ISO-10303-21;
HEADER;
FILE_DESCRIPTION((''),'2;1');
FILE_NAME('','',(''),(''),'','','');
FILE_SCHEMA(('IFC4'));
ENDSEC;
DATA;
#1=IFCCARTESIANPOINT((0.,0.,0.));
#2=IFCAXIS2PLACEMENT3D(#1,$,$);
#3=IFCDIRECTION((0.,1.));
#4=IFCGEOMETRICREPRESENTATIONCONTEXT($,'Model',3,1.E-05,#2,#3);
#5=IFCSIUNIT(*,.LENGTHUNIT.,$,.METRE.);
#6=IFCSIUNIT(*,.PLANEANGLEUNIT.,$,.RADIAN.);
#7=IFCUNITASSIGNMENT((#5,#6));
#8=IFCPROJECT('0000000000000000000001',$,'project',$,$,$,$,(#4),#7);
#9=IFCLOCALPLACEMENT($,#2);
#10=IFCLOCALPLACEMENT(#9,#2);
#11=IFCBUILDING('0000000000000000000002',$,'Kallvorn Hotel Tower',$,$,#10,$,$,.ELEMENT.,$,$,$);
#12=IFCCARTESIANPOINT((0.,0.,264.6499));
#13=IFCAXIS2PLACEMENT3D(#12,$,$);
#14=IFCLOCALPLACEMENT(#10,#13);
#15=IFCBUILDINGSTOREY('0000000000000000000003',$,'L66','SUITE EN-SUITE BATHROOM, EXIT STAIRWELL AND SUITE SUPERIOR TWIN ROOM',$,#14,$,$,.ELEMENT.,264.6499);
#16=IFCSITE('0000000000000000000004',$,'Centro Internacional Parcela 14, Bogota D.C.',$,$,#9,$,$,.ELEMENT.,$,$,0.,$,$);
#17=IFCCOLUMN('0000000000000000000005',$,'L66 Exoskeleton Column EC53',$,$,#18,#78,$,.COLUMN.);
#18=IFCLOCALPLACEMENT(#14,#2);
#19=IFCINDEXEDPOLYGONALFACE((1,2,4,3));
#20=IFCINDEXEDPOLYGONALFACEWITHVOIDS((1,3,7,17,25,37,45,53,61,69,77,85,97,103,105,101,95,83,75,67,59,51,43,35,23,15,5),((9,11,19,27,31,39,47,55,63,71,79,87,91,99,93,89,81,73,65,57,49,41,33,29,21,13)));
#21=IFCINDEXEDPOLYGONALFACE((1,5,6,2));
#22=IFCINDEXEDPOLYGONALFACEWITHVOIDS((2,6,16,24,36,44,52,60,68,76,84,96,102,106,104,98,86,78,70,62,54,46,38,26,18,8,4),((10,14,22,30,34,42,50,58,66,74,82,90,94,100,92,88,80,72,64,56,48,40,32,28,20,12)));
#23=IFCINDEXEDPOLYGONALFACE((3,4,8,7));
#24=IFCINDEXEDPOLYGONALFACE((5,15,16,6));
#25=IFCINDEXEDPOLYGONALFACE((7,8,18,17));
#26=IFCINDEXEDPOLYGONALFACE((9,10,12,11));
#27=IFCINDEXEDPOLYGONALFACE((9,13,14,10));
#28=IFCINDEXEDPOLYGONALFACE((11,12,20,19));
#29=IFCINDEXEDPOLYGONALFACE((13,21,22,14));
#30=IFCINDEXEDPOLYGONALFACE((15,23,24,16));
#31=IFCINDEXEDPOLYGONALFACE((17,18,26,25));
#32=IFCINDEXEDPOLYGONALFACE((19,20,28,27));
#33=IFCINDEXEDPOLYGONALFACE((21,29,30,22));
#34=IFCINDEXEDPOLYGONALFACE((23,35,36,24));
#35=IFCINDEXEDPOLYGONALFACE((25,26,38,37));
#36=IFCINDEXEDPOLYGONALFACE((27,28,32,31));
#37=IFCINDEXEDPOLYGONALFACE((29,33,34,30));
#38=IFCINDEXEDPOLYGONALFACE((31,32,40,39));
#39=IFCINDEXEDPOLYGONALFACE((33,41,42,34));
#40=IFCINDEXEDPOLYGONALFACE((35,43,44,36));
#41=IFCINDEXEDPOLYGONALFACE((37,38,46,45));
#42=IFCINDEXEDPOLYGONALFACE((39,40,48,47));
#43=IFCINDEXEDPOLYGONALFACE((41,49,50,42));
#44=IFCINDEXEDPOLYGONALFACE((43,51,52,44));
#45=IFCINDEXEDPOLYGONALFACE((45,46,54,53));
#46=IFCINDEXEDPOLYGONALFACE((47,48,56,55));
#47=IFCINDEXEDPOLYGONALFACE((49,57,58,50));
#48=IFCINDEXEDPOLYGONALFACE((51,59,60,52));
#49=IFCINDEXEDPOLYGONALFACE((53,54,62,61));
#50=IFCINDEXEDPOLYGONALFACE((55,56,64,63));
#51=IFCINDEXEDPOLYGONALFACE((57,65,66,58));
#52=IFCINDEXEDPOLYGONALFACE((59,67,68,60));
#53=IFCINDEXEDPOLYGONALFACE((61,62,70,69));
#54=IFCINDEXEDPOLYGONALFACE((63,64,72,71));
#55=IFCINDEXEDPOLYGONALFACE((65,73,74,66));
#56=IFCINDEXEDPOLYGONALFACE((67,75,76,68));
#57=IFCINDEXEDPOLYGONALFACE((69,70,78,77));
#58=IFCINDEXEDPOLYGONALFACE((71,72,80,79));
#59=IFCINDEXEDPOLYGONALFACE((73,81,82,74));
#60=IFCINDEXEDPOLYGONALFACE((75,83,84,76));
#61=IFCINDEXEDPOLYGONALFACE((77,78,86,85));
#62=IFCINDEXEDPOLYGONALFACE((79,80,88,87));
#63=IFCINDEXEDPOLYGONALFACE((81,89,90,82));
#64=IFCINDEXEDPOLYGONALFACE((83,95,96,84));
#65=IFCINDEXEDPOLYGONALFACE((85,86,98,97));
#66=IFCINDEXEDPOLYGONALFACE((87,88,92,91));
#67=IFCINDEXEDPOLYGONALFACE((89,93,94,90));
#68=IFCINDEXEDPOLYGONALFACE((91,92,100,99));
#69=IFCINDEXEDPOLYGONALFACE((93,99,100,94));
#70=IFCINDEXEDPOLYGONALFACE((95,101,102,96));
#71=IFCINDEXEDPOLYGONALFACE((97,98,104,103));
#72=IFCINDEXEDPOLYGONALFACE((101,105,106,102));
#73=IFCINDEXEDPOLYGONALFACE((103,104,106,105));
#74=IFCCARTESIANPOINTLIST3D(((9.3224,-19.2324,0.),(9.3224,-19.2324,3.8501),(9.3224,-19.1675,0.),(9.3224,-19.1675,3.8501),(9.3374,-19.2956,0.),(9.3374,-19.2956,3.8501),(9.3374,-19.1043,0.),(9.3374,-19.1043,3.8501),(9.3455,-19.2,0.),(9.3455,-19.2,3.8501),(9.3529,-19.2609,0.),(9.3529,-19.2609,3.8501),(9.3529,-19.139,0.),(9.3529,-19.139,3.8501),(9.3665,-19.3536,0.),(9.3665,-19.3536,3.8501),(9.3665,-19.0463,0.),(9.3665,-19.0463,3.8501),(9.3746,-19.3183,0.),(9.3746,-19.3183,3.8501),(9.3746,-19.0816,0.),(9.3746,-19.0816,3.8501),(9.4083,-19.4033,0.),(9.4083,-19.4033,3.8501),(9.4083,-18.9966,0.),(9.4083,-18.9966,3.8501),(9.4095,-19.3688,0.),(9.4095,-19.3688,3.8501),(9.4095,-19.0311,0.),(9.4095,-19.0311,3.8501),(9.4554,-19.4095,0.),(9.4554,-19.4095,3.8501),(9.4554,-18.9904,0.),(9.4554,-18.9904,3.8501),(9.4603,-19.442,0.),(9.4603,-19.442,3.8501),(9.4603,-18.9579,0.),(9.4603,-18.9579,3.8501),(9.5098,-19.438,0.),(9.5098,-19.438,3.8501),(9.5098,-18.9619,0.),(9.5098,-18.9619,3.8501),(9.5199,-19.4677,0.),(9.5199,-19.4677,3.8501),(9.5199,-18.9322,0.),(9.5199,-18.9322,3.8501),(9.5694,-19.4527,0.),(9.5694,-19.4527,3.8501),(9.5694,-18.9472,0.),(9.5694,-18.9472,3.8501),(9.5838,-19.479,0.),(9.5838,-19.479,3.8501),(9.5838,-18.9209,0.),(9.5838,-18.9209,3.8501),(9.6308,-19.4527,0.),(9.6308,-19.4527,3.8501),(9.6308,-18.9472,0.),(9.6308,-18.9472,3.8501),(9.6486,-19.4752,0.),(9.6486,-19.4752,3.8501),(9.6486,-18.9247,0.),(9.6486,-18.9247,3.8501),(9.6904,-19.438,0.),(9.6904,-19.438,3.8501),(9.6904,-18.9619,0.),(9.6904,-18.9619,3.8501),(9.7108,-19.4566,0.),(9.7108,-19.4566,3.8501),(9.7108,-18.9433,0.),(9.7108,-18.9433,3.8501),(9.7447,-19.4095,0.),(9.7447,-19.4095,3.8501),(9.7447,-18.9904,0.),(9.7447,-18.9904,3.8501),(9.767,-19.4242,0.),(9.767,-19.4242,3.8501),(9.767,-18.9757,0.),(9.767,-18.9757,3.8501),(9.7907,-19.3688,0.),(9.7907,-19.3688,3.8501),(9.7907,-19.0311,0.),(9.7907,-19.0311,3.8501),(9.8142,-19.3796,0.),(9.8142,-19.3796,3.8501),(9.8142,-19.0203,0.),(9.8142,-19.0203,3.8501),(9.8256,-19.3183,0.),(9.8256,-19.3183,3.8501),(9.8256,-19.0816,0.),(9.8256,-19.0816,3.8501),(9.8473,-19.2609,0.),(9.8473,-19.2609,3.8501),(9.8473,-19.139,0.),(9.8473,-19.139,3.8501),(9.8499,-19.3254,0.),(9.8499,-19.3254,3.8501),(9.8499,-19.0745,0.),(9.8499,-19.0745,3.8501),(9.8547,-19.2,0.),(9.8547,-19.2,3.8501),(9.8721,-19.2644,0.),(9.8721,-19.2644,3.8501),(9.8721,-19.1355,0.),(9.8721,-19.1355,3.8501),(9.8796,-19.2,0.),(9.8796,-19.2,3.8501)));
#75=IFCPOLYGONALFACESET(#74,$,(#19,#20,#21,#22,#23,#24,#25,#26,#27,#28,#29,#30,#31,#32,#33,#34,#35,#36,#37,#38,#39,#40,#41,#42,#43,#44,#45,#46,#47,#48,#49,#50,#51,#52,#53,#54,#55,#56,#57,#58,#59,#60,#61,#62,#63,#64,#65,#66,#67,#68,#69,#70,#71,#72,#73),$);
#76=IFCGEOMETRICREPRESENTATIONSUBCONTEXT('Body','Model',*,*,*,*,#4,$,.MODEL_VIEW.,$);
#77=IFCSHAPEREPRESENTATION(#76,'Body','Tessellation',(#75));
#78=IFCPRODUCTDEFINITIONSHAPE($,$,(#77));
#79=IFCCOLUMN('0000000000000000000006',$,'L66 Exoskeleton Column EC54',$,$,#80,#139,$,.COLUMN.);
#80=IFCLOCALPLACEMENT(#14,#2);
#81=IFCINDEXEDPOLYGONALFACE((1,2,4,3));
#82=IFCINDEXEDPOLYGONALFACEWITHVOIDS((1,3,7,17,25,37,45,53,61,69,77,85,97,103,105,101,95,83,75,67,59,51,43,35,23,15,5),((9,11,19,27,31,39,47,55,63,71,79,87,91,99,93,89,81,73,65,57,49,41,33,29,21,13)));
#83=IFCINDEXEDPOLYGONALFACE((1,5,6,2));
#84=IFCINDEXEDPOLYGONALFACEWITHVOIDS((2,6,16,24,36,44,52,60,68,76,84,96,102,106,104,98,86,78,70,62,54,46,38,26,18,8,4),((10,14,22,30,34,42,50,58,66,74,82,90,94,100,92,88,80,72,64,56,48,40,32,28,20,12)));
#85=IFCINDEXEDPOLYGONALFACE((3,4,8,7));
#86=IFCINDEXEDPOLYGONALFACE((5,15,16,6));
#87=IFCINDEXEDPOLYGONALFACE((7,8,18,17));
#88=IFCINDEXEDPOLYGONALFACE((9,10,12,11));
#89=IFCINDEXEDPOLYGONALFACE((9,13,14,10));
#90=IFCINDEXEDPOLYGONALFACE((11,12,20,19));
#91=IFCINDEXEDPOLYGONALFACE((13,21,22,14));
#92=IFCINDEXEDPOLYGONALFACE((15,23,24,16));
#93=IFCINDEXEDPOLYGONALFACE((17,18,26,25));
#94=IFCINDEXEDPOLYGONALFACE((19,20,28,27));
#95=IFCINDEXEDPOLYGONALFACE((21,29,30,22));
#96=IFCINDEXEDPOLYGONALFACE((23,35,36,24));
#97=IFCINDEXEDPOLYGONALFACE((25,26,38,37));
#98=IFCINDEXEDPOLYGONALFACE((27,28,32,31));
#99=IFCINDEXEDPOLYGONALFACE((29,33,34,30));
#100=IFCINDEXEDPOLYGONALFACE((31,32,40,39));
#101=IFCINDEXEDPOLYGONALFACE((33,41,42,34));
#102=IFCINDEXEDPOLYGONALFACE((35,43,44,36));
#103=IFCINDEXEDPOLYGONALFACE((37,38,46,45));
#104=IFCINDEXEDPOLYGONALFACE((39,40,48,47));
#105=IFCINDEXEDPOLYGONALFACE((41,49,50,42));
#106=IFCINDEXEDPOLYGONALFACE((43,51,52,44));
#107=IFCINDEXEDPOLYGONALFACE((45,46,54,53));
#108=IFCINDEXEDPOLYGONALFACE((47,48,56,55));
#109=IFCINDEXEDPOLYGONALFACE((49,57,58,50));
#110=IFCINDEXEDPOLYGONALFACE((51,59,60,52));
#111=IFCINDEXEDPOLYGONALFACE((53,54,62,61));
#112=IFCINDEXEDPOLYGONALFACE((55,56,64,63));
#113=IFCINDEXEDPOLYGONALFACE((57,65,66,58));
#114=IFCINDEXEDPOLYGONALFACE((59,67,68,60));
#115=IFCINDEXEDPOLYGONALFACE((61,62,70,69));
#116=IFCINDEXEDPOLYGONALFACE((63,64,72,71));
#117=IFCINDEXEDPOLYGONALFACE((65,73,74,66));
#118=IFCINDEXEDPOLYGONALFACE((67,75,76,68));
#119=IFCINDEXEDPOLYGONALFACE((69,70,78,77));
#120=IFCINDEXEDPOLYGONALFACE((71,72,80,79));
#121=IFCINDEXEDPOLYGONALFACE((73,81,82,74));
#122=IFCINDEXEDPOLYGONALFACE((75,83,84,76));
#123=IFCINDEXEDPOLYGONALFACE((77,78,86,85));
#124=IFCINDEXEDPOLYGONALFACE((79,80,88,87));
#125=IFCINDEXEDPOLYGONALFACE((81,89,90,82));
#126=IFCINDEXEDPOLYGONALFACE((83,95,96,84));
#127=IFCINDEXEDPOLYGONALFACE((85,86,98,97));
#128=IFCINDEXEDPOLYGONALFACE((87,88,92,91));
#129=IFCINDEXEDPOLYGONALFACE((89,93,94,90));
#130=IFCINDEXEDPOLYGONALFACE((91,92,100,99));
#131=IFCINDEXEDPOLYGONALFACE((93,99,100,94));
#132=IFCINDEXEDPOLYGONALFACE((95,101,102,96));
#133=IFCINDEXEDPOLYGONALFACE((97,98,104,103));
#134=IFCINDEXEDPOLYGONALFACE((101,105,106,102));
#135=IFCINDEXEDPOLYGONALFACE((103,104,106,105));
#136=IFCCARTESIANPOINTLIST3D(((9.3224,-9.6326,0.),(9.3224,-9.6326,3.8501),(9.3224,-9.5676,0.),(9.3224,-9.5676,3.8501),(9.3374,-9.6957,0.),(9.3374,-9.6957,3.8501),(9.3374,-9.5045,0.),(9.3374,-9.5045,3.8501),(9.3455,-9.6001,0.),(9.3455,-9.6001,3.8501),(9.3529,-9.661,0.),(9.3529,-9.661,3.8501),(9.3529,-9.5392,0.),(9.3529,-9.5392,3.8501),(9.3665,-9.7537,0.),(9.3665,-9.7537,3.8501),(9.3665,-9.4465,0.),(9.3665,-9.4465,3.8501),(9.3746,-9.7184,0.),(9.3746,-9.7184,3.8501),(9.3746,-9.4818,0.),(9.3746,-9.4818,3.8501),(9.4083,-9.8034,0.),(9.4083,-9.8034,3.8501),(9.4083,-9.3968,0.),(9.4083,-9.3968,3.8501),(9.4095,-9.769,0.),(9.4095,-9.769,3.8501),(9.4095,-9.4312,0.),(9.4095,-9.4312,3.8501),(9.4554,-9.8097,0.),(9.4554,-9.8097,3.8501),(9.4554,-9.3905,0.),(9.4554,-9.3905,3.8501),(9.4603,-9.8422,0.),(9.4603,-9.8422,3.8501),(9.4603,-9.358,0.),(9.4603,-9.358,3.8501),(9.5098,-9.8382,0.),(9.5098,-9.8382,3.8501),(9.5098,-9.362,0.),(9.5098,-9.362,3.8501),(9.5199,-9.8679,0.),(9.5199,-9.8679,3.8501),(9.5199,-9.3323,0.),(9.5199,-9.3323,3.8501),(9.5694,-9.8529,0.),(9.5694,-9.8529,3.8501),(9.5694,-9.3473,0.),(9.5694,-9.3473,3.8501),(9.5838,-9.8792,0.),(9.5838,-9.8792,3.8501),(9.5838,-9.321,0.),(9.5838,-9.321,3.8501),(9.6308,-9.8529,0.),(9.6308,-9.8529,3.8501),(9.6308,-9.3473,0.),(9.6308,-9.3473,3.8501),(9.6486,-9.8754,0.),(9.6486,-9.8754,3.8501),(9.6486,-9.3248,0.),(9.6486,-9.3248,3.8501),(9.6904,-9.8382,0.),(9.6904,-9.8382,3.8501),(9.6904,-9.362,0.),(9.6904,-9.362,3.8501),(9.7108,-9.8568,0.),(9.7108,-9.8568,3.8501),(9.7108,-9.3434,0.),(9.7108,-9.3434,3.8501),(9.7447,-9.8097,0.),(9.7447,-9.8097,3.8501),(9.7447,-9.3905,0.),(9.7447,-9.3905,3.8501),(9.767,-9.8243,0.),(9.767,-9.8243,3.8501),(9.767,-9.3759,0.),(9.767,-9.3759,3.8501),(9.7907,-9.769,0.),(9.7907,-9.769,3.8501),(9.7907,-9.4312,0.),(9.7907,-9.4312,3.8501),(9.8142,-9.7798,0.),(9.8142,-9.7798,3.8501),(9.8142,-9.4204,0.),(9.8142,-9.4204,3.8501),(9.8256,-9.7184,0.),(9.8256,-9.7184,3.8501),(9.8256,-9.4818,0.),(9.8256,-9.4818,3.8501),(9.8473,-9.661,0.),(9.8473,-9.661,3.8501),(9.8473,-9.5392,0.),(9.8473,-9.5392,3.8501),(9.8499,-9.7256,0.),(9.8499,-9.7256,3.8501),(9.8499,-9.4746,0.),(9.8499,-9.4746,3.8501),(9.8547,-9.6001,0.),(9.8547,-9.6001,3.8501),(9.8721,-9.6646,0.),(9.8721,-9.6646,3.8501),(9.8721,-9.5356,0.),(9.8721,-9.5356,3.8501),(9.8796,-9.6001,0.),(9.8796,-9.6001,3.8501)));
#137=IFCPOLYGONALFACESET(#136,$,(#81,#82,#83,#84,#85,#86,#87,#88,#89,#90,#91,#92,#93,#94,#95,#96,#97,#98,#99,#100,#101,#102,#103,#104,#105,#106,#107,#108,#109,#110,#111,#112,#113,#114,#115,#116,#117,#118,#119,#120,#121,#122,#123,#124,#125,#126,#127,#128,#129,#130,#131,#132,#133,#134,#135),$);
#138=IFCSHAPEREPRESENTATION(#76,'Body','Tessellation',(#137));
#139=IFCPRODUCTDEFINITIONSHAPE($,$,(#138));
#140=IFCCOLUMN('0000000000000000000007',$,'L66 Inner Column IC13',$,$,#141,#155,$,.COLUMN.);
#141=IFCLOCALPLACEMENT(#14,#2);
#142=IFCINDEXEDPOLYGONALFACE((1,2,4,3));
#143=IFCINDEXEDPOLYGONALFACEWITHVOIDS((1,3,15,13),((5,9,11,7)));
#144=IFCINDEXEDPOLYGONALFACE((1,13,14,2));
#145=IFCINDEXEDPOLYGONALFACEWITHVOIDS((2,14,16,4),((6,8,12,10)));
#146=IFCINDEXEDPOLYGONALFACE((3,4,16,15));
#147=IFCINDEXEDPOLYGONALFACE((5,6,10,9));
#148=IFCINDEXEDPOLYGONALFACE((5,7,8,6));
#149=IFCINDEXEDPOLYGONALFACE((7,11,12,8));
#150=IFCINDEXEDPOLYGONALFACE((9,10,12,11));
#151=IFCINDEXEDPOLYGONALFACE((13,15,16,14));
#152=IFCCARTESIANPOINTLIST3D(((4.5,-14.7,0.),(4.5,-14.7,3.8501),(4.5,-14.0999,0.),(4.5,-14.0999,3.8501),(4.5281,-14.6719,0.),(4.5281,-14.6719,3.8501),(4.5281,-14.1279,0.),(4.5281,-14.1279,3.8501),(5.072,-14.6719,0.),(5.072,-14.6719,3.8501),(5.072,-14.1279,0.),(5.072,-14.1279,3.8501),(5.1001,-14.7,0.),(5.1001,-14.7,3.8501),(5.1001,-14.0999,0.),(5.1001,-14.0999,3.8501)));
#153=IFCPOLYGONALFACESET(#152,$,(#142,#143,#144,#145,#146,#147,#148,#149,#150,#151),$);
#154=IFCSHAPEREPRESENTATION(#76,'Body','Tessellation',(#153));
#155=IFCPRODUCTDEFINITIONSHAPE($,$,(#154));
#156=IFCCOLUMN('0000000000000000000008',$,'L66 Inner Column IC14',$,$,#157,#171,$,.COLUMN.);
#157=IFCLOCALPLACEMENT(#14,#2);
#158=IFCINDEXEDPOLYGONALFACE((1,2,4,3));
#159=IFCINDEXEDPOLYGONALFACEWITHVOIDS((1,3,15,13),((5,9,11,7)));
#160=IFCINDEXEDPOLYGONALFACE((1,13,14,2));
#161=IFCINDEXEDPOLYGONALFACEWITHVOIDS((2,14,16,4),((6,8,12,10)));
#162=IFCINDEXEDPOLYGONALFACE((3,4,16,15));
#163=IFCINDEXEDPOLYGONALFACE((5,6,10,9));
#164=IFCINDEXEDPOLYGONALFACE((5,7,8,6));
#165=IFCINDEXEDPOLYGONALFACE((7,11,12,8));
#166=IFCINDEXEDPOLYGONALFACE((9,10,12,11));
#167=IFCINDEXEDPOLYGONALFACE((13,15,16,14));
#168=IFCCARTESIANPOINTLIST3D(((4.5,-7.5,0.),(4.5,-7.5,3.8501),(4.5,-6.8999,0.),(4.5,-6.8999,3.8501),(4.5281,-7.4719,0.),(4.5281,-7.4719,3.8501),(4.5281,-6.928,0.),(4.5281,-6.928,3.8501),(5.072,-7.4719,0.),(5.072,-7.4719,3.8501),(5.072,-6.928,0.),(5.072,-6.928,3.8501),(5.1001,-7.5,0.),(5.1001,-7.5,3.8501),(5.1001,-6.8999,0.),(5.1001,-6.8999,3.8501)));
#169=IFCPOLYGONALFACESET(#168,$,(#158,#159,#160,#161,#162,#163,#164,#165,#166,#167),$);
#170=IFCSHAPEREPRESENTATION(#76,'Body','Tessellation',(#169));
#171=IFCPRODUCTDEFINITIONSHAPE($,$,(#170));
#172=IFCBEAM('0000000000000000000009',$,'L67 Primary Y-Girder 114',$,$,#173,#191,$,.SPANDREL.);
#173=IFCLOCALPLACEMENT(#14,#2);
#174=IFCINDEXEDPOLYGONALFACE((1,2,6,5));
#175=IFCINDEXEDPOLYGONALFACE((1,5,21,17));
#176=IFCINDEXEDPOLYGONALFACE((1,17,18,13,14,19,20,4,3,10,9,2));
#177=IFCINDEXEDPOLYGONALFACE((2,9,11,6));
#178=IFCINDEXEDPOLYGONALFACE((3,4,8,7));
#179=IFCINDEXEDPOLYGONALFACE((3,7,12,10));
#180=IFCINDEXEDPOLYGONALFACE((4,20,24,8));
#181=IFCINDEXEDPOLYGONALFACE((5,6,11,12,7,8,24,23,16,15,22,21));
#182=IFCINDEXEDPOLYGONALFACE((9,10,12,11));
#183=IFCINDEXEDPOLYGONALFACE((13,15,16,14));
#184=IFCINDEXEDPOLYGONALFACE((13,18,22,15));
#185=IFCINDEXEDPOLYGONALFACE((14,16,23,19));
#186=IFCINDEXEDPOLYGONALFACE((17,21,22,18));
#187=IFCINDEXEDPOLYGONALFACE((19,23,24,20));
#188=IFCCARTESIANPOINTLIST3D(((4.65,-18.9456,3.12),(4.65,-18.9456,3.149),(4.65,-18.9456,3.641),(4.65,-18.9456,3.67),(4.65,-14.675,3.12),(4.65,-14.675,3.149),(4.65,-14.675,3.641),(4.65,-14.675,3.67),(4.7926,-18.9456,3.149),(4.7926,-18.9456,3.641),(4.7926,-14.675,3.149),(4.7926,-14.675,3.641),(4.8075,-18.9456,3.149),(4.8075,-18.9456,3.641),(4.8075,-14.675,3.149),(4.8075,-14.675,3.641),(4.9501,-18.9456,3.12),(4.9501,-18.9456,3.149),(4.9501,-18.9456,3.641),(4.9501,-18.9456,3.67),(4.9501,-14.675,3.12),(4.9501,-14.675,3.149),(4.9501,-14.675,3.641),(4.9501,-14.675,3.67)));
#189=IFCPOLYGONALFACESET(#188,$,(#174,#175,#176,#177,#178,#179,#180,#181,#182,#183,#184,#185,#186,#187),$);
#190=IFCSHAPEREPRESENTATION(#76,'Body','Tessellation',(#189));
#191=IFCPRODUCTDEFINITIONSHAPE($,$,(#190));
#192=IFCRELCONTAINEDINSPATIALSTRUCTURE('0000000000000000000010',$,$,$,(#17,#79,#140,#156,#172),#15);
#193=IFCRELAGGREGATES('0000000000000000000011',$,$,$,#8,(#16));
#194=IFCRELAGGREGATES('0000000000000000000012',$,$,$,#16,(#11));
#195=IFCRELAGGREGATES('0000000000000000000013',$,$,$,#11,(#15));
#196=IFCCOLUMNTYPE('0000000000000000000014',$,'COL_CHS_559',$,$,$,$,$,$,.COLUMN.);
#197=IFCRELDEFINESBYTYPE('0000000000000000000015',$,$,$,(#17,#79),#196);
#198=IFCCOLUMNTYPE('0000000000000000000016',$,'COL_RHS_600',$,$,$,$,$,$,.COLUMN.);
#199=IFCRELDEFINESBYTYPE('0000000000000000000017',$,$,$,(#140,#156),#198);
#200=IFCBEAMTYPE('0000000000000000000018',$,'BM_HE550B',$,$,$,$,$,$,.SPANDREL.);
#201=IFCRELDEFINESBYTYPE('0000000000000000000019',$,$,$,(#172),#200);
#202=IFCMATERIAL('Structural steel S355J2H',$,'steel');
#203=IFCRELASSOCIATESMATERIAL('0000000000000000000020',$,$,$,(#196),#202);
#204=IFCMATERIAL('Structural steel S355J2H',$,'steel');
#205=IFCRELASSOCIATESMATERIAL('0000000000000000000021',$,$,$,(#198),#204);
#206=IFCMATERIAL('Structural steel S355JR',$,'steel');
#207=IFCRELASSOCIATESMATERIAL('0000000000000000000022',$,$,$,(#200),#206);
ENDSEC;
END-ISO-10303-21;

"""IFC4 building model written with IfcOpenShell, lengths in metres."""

from ifc_helpers import new_model, si_unit, direction, frame, origin, origin_2d, place, context, subcontext, project, spatial, hollow_rectangle, hollow_circle, i_section, extrude, material, material_profile, profile_set, type_object, element, save


model = new_model("IFC4")

# Units and contexts
model_context = context("Model", 3, precision=1e-05, world=origin(), true_north=direction((0.0, 1.0)))
body_context = subcontext(model_context, "Body", "Model", "MODEL_VIEW")
ifc_project = project(units=[si_unit("LENGTHUNIT", "METRE"), si_unit("PLANEANGLEUNIT", "RADIAN")], contexts=[model_context])

# Site, building, storey
site_placement = place(None, origin())
site = spatial("IfcSite", under=ifc_project, at=site_placement, Name="Centro Internacional Parcela 14, Bogota D.C.", CompositionType="ELEMENT", RefElevation=0.0)
building_placement = place(site_placement, origin())
building = spatial("IfcBuilding", under=site, at=building_placement, Name="Kallvorn Hotel Tower", CompositionType="ELEMENT")
storey_placement = place(building_placement, frame((0.0, 0.0, 264.6499)))
storey = spatial("IfcBuildingStorey", under=building, at=storey_placement, Name="L66", Description="SUITE EN-SUITE BATHROOM, EXIT STAIRWELL AND SUITE SUPERIOR TWIN ROOM", CompositionType="ELEMENT", Elevation=264.6499)

# Columns
ifc_material_1 = material(Name="Structural steel S355J2H", Category="steel")
ifc_material_profile_1 = material_profile(ifc_material_1, hollow_circle(Radius=0.2795, WallThickness=0.0249, at=origin_2d()), Name="CHS 559x25")
ifc_profile_set_1 = profile_set([ifc_material_profile_1], Name="Structural steel S355J2H")
column_type_1 = type_object("IfcColumnType", Name="COL_CHS_559", PredefinedType="COLUMN", material=ifc_profile_set_1)
for number, where, z_axis, x_axis, name in (
    (1, (9.6001, -19.2, 0.0), (0.0, 0.0, 1.0), (1.0, 0.0, 0.0), "L66 Exoskeleton Column EC53"),
    (2, (9.6001, -9.6001, 0.0), (0.0, 0.0, 1.0), (1.0, 0.0, 0.0), "L66 Exoskeleton Column EC54"),
):
    element("IfcColumn", number, at=place(storey_placement, frame(where, z_axis=z_axis, x_axis=x_axis)), inside=storey, type_object=column_type_1, Name=name, PredefinedType="COLUMN", context=body_context, shape_type="SweptSolid", body=[
        extrude(hollow_circle(Radius=0.2795, WallThickness=0.0249, at=origin_2d()), origin(), (0.0, 0.0, 1.0), 3.8501),
    ])
ifc_material_2 = material(Name="Structural steel S355J2H", Category="steel")
ifc_material_profile_2 = material_profile(ifc_material_2, hollow_rectangle(XDim=0.6001, YDim=0.6001, WallThickness=0.0281, at=origin_2d()), Name="RHS 600x600x28")
ifc_profile_set_2 = profile_set([ifc_material_profile_2], Name="Structural steel S355J2H")
column_type_2 = type_object("IfcColumnType", Name="COL_RHS_600", PredefinedType="COLUMN", material=ifc_profile_set_2)
for number, where, z_axis, x_axis, name in (
    (3, (4.8, -14.3999, 0.0), (0.0, 0.0, 1.0), (1.0, 0.0, 0.0), "L66 Inner Column IC13"),
    (4, (4.8, -7.2, 0.0), (0.0, 0.0, 1.0), (1.0, 0.0, 0.0), "L66 Inner Column IC14"),
):
    element("IfcColumn", number, at=place(storey_placement, frame(where, z_axis=z_axis, x_axis=x_axis)), inside=storey, type_object=column_type_2, Name=name, PredefinedType="COLUMN", context=body_context, shape_type="SweptSolid", body=[
        extrude(hollow_rectangle(XDim=0.6001, YDim=0.6001, WallThickness=0.0281, at=origin_2d()), origin(), (0.0, 0.0, 1.0), 3.8501),
    ])

# Beam
ifc_material_3 = material(Name="Structural steel S355JR", Category="steel")
ifc_material_profile_3 = material_profile(ifc_material_3, i_section(OverallWidth=0.3, OverallDepth=0.55, WebThickness=0.0149, FlangeThickness=0.0291, at=origin_2d()), Name="HE 550 B")
ifc_profile_set_3 = profile_set([ifc_material_profile_3], Name="Structural steel S355JR")
beam_type_1 = type_object("IfcBeamType", Name="BM_HE550B", PredefinedType="SPANDREL", material=ifc_profile_set_3)
beam_1_placement = place(storey_placement, frame((4.8, -18.9456, 3.395), z_axis=(0.0, 1.0, 0.0), x_axis=(-1.0, 0.0, 0.0)))
element("IfcBeam", 5, at=beam_1_placement, inside=storey, type_object=beam_type_1, Name="L67 Primary Y-Girder 114", PredefinedType="SPANDREL", context=body_context, shape_type="SweptSolid", body=[
    extrude(i_section(OverallWidth=0.3, OverallDepth=0.55, WebThickness=0.0149, FlangeThickness=0.0291, at=origin_2d()), origin(), (0.0, 0.0, 1.0), 4.2705),
])

save(model, "model.ifc")
